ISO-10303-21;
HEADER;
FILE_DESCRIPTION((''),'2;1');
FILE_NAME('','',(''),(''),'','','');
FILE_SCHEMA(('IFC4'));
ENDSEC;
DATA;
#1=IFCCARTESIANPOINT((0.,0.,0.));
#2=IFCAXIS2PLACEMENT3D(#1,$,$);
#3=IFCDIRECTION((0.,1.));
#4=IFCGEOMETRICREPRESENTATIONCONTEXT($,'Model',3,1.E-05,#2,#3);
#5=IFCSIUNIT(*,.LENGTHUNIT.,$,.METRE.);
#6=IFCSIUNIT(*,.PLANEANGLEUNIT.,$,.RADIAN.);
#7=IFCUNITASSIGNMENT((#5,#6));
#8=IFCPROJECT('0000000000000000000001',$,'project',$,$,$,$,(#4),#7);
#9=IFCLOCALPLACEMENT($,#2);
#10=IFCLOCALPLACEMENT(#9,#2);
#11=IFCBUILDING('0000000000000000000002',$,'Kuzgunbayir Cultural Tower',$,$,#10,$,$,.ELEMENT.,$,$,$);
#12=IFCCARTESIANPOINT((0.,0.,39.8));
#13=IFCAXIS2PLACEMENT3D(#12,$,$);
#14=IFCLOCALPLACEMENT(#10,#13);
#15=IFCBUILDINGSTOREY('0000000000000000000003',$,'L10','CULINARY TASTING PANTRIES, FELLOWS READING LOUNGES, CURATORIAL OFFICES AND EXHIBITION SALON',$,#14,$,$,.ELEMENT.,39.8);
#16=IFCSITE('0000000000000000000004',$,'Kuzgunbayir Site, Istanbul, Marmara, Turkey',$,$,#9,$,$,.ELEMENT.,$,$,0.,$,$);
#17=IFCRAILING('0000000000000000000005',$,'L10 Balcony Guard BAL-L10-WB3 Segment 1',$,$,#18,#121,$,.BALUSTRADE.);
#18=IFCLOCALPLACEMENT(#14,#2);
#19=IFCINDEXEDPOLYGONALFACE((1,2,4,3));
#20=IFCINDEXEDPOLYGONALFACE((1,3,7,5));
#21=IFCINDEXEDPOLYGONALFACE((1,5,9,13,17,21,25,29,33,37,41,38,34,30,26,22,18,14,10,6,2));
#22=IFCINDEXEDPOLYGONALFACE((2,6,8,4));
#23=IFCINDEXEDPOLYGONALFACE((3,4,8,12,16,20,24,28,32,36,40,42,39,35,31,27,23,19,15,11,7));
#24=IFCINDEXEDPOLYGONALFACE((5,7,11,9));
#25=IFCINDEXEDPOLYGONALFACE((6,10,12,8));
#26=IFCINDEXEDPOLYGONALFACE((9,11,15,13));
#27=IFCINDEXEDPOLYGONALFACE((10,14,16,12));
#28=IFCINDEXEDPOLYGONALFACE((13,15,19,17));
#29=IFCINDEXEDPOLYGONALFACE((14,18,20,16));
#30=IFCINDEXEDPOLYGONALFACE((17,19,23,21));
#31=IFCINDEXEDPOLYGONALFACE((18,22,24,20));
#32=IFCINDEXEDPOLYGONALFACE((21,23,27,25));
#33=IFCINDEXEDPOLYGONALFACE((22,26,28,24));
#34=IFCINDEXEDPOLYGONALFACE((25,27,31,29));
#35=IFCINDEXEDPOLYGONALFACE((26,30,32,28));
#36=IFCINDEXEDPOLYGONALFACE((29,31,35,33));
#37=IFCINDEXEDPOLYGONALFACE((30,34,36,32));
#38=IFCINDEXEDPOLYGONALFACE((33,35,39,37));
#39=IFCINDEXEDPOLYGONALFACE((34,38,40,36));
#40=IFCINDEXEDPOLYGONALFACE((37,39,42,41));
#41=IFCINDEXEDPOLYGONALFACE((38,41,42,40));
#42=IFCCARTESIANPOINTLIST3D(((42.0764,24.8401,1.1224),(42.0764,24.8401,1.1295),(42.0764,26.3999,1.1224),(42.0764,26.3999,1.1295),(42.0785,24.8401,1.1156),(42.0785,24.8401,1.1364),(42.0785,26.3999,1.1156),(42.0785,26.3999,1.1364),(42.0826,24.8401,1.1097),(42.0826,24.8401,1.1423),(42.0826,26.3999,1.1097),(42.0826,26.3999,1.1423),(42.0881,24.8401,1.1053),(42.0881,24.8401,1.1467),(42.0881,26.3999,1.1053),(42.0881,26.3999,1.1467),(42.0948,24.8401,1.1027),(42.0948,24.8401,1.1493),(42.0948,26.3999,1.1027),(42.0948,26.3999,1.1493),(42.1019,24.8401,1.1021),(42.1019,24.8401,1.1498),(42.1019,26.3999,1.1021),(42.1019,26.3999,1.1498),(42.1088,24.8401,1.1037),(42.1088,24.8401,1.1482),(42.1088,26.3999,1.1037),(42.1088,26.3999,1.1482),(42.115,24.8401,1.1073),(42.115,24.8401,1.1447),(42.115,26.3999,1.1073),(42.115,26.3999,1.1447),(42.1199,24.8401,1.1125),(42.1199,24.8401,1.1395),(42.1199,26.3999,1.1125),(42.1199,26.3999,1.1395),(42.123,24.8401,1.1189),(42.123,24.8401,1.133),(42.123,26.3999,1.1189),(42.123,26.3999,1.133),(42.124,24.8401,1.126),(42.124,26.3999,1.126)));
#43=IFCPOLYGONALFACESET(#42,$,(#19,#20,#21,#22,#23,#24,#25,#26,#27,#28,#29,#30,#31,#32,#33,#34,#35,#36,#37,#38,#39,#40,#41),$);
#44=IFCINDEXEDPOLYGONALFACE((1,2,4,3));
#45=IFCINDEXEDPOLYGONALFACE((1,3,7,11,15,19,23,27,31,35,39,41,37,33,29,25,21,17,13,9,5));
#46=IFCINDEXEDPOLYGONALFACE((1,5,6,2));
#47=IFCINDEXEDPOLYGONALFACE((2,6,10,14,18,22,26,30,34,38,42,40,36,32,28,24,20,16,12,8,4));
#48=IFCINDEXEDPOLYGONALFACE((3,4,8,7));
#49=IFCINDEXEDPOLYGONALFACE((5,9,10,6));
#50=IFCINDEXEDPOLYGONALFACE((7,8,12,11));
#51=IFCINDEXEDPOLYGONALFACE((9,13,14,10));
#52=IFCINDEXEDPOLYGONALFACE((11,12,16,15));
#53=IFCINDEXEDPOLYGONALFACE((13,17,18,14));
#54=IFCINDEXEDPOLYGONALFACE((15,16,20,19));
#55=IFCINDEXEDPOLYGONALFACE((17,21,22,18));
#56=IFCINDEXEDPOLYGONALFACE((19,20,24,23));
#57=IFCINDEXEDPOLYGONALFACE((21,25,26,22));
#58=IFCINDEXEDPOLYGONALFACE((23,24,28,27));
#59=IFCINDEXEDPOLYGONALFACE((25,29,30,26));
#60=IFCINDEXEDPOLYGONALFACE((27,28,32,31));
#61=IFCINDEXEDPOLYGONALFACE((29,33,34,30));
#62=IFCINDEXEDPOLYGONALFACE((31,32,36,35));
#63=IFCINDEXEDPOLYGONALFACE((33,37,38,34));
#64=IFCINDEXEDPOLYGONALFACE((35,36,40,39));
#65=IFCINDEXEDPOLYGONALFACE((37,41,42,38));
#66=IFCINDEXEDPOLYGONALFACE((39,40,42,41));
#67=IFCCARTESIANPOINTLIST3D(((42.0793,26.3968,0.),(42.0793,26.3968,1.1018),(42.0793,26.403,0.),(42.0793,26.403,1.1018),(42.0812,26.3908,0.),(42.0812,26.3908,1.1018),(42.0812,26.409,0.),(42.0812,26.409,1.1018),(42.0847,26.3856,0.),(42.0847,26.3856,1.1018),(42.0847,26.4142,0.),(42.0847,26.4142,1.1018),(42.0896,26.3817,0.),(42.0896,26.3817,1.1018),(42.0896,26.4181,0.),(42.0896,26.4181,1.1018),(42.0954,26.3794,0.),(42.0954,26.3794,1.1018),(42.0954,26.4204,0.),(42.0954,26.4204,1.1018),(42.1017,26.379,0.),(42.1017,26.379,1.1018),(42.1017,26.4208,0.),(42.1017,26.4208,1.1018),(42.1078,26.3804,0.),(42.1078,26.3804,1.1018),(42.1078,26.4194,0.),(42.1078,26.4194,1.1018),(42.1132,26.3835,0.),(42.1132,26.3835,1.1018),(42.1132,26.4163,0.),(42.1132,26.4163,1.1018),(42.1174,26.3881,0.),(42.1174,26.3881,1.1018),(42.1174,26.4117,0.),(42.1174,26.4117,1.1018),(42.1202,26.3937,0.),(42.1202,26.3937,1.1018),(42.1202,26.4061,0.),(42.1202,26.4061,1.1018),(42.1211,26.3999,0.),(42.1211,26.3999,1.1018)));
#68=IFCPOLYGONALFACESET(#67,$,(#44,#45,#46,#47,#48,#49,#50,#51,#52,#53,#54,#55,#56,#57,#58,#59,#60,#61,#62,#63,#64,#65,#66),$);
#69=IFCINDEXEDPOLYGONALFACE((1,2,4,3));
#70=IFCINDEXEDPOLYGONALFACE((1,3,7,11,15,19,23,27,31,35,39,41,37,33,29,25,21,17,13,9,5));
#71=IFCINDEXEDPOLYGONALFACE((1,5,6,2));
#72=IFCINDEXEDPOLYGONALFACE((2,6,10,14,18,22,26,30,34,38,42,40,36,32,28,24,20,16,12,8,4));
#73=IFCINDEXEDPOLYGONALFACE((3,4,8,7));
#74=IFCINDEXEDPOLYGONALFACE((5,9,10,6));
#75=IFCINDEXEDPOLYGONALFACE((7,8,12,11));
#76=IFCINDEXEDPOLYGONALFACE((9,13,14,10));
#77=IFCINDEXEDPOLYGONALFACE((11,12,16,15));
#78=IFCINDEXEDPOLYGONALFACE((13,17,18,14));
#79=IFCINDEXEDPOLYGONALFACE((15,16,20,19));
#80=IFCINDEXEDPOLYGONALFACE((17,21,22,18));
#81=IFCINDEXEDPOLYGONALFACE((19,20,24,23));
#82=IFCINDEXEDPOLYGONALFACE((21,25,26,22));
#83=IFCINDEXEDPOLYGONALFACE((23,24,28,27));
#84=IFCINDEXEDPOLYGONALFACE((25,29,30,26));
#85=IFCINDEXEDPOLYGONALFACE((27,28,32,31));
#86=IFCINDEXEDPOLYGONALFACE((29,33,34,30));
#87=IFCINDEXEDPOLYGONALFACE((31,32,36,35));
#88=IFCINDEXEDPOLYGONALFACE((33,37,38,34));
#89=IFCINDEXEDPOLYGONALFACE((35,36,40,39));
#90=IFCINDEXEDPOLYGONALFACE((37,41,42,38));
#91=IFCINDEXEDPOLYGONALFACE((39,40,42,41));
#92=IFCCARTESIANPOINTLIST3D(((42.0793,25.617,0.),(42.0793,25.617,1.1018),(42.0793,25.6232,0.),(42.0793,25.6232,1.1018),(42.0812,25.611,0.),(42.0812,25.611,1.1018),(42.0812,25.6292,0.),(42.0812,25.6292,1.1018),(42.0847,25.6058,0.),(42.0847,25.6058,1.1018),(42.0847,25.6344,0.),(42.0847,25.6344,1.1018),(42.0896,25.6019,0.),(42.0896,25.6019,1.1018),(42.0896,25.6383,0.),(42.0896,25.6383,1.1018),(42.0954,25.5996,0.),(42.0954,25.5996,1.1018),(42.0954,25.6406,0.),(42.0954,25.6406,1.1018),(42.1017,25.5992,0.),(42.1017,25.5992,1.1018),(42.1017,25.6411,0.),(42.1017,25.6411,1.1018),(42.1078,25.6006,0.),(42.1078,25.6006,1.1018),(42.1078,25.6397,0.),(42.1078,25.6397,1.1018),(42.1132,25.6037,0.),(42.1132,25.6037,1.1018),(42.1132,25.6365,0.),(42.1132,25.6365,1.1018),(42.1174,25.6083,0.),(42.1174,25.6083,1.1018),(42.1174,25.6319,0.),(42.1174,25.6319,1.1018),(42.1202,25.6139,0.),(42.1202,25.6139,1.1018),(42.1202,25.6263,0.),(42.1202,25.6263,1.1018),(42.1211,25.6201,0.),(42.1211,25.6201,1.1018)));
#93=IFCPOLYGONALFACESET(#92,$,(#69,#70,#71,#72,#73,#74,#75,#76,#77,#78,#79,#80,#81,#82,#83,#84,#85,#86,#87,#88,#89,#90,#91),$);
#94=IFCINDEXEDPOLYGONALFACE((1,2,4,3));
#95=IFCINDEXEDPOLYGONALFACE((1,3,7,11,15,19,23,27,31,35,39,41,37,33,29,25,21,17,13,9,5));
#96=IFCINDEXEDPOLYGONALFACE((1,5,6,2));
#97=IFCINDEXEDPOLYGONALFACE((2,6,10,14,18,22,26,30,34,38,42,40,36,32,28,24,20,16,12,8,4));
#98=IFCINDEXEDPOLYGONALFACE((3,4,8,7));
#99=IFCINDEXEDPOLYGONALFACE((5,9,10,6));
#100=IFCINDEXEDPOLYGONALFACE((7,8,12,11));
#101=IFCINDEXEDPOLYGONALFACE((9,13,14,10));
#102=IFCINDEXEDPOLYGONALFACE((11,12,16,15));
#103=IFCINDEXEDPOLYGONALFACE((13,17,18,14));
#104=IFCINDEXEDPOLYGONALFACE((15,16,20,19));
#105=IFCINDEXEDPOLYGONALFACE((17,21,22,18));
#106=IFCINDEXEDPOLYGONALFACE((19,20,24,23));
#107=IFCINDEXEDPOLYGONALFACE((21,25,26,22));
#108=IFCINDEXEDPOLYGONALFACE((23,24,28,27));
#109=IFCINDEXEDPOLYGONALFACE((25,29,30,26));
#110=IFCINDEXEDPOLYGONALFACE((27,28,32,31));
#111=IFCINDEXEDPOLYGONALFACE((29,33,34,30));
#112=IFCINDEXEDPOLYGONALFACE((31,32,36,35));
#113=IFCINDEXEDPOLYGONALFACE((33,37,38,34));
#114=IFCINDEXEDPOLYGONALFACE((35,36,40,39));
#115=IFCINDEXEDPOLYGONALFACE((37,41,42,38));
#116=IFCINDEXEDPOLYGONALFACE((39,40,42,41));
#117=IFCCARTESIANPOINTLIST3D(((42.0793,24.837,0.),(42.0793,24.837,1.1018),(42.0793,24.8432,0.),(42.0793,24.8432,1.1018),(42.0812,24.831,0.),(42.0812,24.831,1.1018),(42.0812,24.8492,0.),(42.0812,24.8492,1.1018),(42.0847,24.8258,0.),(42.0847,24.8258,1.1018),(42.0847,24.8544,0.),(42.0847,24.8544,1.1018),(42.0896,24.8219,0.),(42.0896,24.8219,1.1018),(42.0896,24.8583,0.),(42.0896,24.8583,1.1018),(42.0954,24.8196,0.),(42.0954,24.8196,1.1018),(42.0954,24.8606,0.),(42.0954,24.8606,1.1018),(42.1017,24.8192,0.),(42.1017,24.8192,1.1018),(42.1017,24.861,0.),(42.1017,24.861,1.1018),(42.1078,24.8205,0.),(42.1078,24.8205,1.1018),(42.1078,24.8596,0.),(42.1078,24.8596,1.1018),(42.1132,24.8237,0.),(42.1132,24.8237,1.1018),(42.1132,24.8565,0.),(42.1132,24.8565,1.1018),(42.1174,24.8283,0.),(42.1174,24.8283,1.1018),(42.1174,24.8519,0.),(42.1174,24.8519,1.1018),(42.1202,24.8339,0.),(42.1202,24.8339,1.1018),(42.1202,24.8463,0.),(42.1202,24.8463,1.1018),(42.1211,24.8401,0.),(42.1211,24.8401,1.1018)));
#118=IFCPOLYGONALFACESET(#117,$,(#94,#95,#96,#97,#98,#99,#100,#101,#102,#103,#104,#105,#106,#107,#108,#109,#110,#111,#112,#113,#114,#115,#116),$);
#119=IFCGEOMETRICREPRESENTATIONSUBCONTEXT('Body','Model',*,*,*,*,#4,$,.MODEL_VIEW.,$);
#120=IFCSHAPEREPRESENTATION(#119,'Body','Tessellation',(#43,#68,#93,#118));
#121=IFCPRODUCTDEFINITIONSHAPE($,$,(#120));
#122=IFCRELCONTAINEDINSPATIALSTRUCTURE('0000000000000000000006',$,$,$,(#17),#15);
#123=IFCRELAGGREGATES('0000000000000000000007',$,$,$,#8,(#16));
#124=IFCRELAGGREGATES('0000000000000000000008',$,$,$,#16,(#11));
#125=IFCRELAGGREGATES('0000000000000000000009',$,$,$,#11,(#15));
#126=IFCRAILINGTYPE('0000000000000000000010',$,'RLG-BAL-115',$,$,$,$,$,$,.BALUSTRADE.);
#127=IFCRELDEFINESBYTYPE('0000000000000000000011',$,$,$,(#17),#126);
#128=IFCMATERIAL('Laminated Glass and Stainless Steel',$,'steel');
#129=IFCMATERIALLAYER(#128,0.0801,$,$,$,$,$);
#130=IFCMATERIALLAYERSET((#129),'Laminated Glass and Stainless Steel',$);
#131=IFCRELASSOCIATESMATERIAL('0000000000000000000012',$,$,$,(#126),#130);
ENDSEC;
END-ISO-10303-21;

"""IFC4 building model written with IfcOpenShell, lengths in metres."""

from ifc_helpers import new_model, si_unit, direction, frame, origin, origin_2d, place, context, subcontext, project, spatial, circle, extrude, material, layer, layer_set, type_object, element, save


model = new_model("IFC4")

# Units and contexts
model_context = context("Model", 3, precision=1e-05, world=origin(), true_north=direction((0.0, 1.0)))
body_context = subcontext(model_context, "Body", "Model", "MODEL_VIEW")
ifc_project = project(units=[si_unit("LENGTHUNIT", "METRE"), si_unit("PLANEANGLEUNIT", "RADIAN")], contexts=[model_context])

# Site, building, storey
site_placement = place(None, origin())
site = spatial("IfcSite", under=ifc_project, at=site_placement, Name="Kuzgunbayir Site, Istanbul, Marmara, Turkey", CompositionType="ELEMENT", RefElevation=0.0)
building_placement = place(site_placement, origin())
building = spatial("IfcBuilding", under=site, at=building_placement, Name="Kuzgunbayir Cultural Tower", CompositionType="ELEMENT")
storey_placement = place(building_placement, frame((0.0, 0.0, 39.8)))
storey = spatial("IfcBuildingStorey", under=building, at=storey_placement, Name="L10", Description="CULINARY TASTING PANTRIES, FELLOWS READING LOUNGES, CURATORIAL OFFICES AND EXHIBITION SALON", CompositionType="ELEMENT", Elevation=39.8)

# Railing
ifc_material_1 = material(Name="Laminated Glass and Stainless Steel", Category="steel")
ifc_layer_1 = layer(ifc_material_1, 0.0801)
ifc_layer_set_1 = layer_set([ifc_layer_1], Name="Laminated Glass and Stainless Steel")
railing_type = type_object("IfcRailingType", Name="RLG-BAL-115", PredefinedType="BALUSTRADE", material=ifc_layer_set_1)
railing_1_placement = place(storey_placement, frame((42.1001, 26.3999, 0.0)))
element("IfcRailing", 1, at=railing_1_placement, inside=storey, type_object=railing_type, Name="L10 Balcony Guard BAL-L10-WB3 Segment 1", PredefinedType="BALUSTRADE", context=body_context, shape_type="SweptSolid", body=[
    extrude(circle(Radius=0.0239, at=origin_2d()), frame((0.0, 0.0, 1.126), z_axis=(0.0, -1.0, 0.0), x_axis=(1.0, 0.0, 0.0)), (0.0, 0.0, 1.0), 1.5598),
    extrude(circle(Radius=0.021, at=origin_2d()), origin(), (0.0, 0.0, 1.0), 1.1018),
    extrude(circle(Radius=0.021, at=origin_2d()), frame((0.0, -0.7798, 0.0)), (0.0, 0.0, 1.0), 1.1018),
    extrude(circle(Radius=0.021, at=origin_2d()), frame((0.0, -1.5598, 0.0)), (0.0, 0.0, 1.0), 1.1018),
])

save(model, "model.ifc")
